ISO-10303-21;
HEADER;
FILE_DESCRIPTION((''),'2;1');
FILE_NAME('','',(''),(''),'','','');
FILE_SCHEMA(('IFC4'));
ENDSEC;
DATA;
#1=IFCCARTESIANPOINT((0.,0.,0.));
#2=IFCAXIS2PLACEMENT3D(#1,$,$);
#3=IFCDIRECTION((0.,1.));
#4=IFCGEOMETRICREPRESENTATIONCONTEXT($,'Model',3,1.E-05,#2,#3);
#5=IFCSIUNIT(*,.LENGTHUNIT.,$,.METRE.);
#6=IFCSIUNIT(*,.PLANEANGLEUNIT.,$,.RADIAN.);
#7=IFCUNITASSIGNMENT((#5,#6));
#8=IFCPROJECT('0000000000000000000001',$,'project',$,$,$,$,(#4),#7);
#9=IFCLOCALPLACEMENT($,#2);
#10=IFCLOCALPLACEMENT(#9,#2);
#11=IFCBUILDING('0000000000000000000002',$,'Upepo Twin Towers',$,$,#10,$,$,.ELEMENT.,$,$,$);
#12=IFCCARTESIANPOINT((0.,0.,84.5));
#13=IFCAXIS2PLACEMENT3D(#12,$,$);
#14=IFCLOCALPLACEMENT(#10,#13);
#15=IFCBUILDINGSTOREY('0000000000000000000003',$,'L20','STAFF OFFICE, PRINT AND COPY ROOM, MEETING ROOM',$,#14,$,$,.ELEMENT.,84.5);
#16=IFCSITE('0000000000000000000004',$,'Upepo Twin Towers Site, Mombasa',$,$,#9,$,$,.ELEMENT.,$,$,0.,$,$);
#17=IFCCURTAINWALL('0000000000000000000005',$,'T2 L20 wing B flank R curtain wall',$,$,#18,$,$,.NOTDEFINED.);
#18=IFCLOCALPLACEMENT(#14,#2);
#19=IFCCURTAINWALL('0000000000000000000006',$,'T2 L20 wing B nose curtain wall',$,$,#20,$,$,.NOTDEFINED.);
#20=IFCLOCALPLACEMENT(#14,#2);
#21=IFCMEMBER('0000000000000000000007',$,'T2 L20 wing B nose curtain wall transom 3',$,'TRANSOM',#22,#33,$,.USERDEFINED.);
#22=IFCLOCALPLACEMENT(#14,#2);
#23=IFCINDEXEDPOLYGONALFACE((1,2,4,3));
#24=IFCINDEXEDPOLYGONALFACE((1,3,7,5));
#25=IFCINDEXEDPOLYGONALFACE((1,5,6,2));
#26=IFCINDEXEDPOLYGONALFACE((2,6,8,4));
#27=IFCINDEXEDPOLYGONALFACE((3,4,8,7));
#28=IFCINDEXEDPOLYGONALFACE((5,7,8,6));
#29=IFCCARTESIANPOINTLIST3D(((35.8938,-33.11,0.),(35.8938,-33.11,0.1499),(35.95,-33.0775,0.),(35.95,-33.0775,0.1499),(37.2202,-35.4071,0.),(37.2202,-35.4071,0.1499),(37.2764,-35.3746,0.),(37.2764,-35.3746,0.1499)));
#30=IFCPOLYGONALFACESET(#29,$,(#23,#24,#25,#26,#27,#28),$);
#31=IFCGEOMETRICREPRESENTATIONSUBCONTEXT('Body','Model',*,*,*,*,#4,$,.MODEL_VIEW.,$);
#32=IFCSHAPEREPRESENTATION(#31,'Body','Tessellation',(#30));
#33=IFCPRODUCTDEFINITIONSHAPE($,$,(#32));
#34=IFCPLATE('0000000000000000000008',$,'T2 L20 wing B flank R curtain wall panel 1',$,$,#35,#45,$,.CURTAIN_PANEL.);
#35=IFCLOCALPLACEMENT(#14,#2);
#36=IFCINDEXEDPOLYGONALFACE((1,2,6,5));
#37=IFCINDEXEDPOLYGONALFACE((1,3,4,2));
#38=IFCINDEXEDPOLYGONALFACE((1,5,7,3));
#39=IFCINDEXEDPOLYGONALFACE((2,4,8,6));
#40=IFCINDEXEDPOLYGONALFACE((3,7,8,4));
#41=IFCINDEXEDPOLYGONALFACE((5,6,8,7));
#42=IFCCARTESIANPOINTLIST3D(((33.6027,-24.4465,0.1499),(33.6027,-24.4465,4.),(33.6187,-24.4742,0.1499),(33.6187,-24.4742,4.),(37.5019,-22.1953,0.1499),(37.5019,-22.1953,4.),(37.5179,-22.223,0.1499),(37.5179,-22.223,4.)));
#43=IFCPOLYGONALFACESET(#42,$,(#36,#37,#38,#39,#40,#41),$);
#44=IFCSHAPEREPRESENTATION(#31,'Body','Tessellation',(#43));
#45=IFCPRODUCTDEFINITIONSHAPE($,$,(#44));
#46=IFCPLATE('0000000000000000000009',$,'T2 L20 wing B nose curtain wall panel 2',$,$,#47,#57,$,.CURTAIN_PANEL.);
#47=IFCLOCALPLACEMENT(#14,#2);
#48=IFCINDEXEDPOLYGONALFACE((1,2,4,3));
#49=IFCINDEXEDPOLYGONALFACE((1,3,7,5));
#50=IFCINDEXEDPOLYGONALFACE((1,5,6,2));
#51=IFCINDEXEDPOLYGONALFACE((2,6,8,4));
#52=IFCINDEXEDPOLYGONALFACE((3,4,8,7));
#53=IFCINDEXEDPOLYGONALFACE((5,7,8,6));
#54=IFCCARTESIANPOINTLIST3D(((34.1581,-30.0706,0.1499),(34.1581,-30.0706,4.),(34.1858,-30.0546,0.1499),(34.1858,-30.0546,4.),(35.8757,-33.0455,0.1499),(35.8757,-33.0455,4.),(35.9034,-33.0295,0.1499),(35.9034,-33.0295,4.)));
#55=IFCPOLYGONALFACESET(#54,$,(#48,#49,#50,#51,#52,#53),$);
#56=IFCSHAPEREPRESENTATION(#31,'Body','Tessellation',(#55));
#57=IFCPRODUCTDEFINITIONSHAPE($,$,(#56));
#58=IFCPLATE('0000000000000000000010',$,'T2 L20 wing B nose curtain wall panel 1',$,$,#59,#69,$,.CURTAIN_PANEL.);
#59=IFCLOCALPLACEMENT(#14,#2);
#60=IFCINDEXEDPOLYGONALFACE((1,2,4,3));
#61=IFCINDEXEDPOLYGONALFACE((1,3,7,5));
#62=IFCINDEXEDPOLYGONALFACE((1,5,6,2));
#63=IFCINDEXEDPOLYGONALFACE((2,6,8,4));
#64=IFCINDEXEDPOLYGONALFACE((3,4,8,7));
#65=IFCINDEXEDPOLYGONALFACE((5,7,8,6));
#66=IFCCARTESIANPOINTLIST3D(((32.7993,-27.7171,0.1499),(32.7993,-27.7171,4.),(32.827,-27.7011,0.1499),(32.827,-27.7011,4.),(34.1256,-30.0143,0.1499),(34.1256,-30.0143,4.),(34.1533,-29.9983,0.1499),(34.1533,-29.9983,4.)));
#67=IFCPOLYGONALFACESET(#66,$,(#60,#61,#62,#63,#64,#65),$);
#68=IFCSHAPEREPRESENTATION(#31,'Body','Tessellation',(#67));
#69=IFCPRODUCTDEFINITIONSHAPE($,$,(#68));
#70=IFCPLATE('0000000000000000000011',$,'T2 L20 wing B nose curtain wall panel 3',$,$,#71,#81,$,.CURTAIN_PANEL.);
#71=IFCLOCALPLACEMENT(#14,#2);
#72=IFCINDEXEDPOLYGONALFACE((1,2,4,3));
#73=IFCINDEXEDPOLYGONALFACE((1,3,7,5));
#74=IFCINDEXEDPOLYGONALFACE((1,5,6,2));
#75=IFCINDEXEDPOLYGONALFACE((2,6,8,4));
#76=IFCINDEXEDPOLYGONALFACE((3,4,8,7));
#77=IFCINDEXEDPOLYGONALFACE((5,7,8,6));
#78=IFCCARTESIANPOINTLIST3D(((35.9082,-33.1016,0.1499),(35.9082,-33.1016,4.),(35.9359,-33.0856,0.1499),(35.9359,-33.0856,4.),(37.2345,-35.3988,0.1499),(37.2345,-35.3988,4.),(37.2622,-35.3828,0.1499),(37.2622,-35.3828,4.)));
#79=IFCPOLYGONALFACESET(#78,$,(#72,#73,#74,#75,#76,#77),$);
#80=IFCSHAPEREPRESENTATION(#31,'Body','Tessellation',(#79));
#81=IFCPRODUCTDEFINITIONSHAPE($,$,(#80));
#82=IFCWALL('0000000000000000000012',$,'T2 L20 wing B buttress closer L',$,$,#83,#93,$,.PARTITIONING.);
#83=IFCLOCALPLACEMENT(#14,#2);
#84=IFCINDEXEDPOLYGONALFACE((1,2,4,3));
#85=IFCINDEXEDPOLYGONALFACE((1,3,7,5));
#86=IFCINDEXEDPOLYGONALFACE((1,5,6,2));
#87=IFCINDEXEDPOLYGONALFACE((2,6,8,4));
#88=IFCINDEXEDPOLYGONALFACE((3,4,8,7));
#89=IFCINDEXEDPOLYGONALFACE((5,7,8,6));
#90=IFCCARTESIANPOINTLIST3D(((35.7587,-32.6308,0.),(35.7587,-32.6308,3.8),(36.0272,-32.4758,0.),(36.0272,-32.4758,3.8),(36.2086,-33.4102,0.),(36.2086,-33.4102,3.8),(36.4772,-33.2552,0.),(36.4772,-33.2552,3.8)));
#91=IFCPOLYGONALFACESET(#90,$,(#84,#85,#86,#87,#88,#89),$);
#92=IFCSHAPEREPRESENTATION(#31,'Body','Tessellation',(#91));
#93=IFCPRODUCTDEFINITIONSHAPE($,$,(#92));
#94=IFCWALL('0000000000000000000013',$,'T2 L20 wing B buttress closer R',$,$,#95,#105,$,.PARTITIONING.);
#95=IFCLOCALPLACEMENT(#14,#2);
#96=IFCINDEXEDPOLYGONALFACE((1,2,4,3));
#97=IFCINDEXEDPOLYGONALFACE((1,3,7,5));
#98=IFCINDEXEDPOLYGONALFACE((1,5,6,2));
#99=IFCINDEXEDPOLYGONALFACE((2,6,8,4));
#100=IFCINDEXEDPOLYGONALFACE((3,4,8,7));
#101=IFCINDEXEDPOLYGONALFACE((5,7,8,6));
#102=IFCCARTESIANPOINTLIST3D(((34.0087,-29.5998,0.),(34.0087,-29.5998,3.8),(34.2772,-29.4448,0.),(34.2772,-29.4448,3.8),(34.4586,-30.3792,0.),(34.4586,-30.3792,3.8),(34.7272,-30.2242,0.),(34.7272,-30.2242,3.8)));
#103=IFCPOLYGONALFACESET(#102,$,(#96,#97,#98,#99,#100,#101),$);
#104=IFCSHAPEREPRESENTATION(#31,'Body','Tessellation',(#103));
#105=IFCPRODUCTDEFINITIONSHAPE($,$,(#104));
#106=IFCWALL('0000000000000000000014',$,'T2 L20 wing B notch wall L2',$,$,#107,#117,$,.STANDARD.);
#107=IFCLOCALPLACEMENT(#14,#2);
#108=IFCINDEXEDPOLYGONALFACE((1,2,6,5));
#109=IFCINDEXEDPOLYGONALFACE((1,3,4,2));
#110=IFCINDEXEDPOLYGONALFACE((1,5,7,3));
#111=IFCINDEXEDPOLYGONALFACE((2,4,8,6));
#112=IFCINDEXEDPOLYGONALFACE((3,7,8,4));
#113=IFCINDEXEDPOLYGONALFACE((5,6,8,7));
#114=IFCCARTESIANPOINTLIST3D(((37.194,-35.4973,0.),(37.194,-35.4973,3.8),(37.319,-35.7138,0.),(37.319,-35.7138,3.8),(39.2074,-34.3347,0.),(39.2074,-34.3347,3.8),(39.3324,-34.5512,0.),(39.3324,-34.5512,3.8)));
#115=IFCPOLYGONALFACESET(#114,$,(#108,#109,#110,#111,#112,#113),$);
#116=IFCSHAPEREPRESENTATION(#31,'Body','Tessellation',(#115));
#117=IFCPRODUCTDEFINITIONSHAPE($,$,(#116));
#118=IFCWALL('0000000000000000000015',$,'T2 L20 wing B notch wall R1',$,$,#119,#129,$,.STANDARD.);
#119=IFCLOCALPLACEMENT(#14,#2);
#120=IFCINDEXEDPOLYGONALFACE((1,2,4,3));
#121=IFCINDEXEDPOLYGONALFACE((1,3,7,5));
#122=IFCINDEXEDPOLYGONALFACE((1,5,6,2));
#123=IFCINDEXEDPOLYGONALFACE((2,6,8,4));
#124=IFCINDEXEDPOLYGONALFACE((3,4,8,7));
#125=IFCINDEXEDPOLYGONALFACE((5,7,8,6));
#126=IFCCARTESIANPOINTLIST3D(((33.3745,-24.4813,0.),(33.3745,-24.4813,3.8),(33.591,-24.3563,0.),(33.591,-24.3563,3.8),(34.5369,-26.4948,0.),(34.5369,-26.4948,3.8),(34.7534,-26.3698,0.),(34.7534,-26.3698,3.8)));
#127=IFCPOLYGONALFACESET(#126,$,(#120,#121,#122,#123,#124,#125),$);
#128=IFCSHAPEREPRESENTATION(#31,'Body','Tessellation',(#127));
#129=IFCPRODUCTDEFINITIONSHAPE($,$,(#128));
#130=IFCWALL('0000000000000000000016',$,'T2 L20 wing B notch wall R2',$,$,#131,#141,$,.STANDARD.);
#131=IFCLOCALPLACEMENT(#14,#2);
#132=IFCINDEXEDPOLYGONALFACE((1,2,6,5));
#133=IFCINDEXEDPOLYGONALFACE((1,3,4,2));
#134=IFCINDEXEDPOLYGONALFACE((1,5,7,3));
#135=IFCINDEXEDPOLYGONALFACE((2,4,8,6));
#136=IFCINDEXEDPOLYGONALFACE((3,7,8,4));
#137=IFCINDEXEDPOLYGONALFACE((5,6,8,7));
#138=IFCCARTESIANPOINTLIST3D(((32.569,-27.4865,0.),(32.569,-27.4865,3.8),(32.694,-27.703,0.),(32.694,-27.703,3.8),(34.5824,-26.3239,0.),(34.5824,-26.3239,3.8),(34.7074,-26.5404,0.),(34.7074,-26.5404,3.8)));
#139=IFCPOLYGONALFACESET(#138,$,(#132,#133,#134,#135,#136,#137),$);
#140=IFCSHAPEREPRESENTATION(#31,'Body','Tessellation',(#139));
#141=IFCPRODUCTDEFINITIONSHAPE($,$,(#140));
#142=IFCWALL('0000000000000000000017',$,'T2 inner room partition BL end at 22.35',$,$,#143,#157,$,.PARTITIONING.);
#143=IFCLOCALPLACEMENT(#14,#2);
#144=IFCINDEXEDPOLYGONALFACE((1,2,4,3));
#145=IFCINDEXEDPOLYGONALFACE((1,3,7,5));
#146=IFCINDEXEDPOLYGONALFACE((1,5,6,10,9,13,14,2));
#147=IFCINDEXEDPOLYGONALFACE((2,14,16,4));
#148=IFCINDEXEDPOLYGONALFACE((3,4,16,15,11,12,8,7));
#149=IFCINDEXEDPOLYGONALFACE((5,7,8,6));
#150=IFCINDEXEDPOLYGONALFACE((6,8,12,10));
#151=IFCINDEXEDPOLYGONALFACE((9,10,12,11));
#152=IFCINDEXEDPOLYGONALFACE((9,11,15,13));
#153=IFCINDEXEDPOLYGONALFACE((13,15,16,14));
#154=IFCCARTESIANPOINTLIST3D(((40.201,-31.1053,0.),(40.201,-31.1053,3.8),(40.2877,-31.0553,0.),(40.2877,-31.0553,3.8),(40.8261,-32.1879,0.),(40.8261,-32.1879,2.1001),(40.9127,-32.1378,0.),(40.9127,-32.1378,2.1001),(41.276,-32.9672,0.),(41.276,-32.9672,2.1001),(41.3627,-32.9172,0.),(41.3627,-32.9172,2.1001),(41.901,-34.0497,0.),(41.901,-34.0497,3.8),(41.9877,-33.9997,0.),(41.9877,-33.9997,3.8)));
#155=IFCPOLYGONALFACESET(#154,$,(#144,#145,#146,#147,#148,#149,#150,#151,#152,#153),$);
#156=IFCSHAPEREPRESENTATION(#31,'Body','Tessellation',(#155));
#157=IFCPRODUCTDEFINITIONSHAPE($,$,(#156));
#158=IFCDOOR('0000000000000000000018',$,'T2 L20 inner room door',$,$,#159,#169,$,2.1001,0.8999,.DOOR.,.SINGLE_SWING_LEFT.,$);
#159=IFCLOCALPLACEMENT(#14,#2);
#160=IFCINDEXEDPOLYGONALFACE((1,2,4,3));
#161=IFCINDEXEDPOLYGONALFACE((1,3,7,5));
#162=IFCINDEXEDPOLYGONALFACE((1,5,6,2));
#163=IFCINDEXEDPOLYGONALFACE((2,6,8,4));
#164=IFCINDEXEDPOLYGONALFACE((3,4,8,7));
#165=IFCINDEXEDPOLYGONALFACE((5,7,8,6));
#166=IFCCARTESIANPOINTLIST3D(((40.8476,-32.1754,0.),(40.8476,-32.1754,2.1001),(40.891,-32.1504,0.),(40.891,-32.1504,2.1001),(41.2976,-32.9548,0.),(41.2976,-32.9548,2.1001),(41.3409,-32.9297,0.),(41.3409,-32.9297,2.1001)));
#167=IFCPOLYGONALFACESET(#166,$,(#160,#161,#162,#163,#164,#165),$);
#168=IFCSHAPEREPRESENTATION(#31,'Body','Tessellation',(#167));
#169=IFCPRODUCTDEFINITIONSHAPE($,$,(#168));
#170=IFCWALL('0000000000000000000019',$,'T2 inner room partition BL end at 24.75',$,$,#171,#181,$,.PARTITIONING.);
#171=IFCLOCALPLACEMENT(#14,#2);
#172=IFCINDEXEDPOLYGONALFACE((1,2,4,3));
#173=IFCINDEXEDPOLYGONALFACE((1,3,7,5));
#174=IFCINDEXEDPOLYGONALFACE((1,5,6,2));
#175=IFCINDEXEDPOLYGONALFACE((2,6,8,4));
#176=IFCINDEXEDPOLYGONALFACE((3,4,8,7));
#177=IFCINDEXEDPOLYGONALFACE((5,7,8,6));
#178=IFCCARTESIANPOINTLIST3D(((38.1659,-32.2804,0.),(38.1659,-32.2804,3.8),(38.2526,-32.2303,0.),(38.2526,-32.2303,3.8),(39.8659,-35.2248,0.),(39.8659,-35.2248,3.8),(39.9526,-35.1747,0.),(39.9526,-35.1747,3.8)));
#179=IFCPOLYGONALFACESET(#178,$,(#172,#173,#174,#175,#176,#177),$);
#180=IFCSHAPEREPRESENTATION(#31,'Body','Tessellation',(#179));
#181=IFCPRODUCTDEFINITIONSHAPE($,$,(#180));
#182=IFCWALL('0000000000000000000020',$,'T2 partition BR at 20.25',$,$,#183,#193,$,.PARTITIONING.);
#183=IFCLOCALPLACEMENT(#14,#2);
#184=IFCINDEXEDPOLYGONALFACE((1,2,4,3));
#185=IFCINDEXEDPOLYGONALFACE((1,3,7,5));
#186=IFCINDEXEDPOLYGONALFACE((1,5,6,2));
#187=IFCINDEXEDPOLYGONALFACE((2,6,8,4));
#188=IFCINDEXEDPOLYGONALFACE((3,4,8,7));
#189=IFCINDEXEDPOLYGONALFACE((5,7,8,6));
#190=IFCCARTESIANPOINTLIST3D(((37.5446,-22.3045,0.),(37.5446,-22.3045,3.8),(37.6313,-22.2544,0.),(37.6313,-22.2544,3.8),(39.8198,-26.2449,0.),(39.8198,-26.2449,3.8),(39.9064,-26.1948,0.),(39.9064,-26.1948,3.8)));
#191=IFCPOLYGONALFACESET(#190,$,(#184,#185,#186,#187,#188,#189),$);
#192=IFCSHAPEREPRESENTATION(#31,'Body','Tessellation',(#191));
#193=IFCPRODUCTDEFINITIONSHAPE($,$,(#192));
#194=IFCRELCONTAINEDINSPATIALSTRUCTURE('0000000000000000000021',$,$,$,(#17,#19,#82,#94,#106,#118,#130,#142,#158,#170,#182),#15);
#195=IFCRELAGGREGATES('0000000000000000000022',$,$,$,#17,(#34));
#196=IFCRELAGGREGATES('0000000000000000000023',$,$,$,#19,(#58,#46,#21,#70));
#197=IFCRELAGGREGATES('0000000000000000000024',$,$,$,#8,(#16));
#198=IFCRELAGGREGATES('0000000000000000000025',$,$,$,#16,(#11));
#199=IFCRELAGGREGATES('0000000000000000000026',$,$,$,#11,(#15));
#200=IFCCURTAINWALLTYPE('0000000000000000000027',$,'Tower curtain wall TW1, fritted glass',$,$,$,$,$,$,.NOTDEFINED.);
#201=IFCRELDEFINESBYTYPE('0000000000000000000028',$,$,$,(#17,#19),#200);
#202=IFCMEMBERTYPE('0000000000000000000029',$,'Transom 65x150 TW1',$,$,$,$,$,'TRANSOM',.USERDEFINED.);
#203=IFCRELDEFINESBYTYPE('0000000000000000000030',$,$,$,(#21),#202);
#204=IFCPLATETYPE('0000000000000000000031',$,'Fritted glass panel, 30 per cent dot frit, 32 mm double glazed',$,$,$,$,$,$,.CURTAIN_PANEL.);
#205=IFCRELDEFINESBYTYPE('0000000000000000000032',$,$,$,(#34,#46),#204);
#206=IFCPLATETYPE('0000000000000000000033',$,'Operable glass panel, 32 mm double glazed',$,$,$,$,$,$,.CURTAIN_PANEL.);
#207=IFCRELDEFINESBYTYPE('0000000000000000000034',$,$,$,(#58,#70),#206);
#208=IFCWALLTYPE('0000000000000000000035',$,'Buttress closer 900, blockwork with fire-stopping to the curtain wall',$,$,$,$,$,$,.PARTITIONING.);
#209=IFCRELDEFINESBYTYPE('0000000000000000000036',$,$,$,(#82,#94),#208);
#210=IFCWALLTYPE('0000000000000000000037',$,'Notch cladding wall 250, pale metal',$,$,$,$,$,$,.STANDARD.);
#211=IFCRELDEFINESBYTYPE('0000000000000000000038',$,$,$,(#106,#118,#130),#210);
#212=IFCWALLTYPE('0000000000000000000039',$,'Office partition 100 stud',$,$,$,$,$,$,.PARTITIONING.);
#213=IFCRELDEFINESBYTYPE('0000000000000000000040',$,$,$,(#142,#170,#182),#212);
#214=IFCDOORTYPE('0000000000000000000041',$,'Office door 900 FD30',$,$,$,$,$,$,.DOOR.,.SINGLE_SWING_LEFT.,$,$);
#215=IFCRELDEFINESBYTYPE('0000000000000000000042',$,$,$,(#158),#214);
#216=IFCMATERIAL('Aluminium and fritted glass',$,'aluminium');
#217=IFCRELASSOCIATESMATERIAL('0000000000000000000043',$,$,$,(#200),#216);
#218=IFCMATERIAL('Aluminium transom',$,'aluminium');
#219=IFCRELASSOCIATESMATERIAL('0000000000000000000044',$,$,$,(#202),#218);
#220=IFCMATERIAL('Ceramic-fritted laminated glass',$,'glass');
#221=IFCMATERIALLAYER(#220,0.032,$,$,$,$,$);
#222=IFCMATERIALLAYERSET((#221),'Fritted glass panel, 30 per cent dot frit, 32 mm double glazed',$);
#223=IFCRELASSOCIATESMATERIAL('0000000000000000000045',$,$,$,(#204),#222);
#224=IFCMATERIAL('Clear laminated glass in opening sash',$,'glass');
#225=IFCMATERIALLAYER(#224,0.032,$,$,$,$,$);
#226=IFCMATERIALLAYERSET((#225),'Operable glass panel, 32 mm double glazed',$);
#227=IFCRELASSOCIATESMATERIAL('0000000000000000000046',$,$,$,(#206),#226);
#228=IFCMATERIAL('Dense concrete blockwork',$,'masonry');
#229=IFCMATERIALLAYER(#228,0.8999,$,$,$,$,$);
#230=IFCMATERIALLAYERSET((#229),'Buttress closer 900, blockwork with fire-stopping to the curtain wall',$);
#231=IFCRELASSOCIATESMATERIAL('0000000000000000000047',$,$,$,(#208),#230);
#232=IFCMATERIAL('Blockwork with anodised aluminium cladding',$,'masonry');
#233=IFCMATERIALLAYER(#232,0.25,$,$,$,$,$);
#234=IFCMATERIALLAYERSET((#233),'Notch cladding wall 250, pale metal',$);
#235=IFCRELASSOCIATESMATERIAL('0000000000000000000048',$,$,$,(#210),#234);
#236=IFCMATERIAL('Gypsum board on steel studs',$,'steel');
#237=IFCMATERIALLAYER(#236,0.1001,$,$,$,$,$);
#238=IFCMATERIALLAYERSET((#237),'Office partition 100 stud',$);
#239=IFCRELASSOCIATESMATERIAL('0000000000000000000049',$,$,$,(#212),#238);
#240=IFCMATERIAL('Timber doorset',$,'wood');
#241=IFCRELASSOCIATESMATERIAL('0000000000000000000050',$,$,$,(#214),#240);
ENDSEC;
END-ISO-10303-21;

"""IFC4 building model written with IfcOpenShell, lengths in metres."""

from ifc_helpers import new_model, si_unit, direction, frame, frame_2d, origin, origin_2d, place, context, subcontext, project, spatial, rectangle, extrude, material, layer, layer_set, material_profile, profile_set, type_object, element, fill, aggregate, save


model = new_model("IFC4")

# Units and contexts
model_context = context("Model", 3, precision=1e-05, world=origin(), true_north=direction((0.0, 1.0)))
body_context = subcontext(model_context, "Body", "Model", "MODEL_VIEW")
ifc_project = project(units=[si_unit("LENGTHUNIT", "METRE"), si_unit("PLANEANGLEUNIT", "RADIAN")], contexts=[model_context])

# Site, building, storey
site_placement = place(None, origin())
site = spatial("IfcSite", under=ifc_project, at=site_placement, Name="Upepo Twin Towers Site, Mombasa", CompositionType="ELEMENT", RefElevation=0.0)
building_placement = place(site_placement, origin())
building = spatial("IfcBuilding", under=site, at=building_placement, Name="Upepo Twin Towers", CompositionType="ELEMENT")
storey_placement = place(building_placement, frame((0.0, 0.0, 84.5)))
storey = spatial("IfcBuildingStorey", under=building, at=storey_placement, Name="L20", Description="STAFF OFFICE, PRINT AND COPY ROOM, MEETING ROOM", CompositionType="ELEMENT", Elevation=84.5)

# Shared definitions
ifc_material_1 = material(Name="Aluminium and fritted glass", Category="aluminium")
curtain_wall_type = type_object("IfcCurtainWallType", Name="Tower curtain wall TW1, fritted glass", PredefinedType="NOTDEFINED", material=ifc_material_1)

# Curtain walls
curtain_wall_1_placement = place(storey_placement, origin())
curtain_wall_1 = element("IfcCurtainWall", 1, at=curtain_wall_1_placement, inside=storey, type_object=curtain_wall_type, Name="T2 L20 wing B flank R curtain wall", PredefinedType="NOTDEFINED")
curtain_wall_2_placement = place(storey_placement, origin())
curtain_wall_2 = element("IfcCurtainWall", 2, at=curtain_wall_2_placement, inside=storey, type_object=curtain_wall_type, Name="T2 L20 wing B nose curtain wall", PredefinedType="NOTDEFINED")

# Member
ifc_material_2 = material(Name="Aluminium transom", Category="aluminium")
ifc_material_profile_1 = material_profile(ifc_material_2, rectangle(XDim=0.0649, YDim=0.1499, at=origin_2d()), Name="TRANSOM 65x150")
ifc_profile_set_1 = profile_set([ifc_material_profile_1], Name="Aluminium transom")
member_type_1 = type_object("IfcMemberType", Name="Transom 65x150 TW1", ElementType="TRANSOM", PredefinedType="USERDEFINED", material=ifc_profile_set_1)
member_1_placement = place(storey_placement, frame((35.9219, -33.0938, 0.075), z_axis=(0.500049, -0.865997, 0.0), x_axis=(0.865997, 0.500049, 0.0)))
member_1 = element("IfcMember", 3, at=member_1_placement, type_object=member_type_1, Name="T2 L20 wing B nose curtain wall transom 3", ObjectType="TRANSOM", PredefinedType="USERDEFINED", context=body_context, shape_type="SweptSolid", body=[
    extrude(rectangle(XDim=0.0649, YDim=0.1499, at=origin_2d()), origin(), (0.0, 0.0, 1.0), 2.6526),
])

# Plates
ifc_material_3 = material(Name="Ceramic-fritted laminated glass", Category="glass")
ifc_layer_1 = layer(ifc_material_3, 0.032)
ifc_layer_set_1 = layer_set([ifc_layer_1], Name="Fritted glass panel, 30 per cent dot frit, 32 mm double glazed")
plate_type_1 = type_object("IfcPlateType", Name="Fritted glass panel, 30 per cent dot frit, 32 mm double glazed", PredefinedType="CURTAIN_PANEL", material=ifc_layer_set_1)
plate_1_placement = place(storey_placement, frame((35.5603, -23.3347, 0.1499), z_axis=(0.0, 0.0, 1.0), x_axis=(0.866025, 0.5, 0.0)))
plate_1 = element("IfcPlate", 4, at=plate_1_placement, type_object=plate_type_1, Name="T2 L20 wing B flank R curtain wall panel 1", PredefinedType="CURTAIN_PANEL", context=body_context, shape_type="SweptSolid", body=[
    extrude(rectangle(XDim=4.5024, YDim=0.032, at=origin_2d()), origin(), (0.0, 0.0, 1.0), 3.8501),
])
aggregate(curtain_wall_1, [plate_1])
plate_2_placement = place(storey_placement, frame((35.0308, -31.55, 0.1499), z_axis=(0.0, 0.0, 1.0), x_axis=(0.5, -0.866025, 0.0)))
plate_2 = element("IfcPlate", 5, at=plate_2_placement, type_object=plate_type_1, Name="T2 L20 wing B nose curtain wall panel 2", PredefinedType="CURTAIN_PANEL", context=body_context, shape_type="SweptSolid", body=[
    extrude(rectangle(XDim=3.4351, YDim=0.032, at=origin_2d()), origin(), (0.0, 0.0, 1.0), 3.8501),
])
ifc_material_4 = material(Name="Clear laminated glass in opening sash", Category="glass")
ifc_layer_2 = layer(ifc_material_4, 0.032)
ifc_layer_set_2 = layer_set([ifc_layer_2], Name="Operable glass panel, 32 mm double glazed")
plate_type_2 = type_object("IfcPlateType", Name="Operable glass panel, 32 mm double glazed", PredefinedType="CURTAIN_PANEL", material=ifc_layer_set_2)
plate_3_placement = place(storey_placement, frame((33.4763, -28.8577, 0.1499), z_axis=(0.0, 0.0, 1.0), x_axis=(0.5, -0.866025, 0.0)))
plate_3 = element("IfcPlate", 6, at=plate_3_placement, type_object=plate_type_2, Name="T2 L20 wing B nose curtain wall panel 1", PredefinedType="CURTAIN_PANEL", context=body_context, shape_type="SweptSolid", body=[
    extrude(rectangle(XDim=2.6526, YDim=0.032, at=origin_2d()), origin(), (0.0, 0.0, 1.0), 3.8501),
])
plate_4_placement = place(storey_placement, frame((36.5852, -34.2422, 0.1499), z_axis=(0.0, 0.0, 1.0), x_axis=(0.5, -0.866025, 0.0)))
plate_4 = element("IfcPlate", 7, at=plate_4_placement, type_object=plate_type_2, Name="T2 L20 wing B nose curtain wall panel 3", PredefinedType="CURTAIN_PANEL", context=body_context, shape_type="SweptSolid", body=[
    extrude(rectangle(XDim=2.6526, YDim=0.032, at=origin_2d()), origin(), (0.0, 0.0, 1.0), 3.8501),
])
aggregate(curtain_wall_2, [plate_3, plate_2, member_1, plate_4])

# Walls
ifc_material_5 = material(Name="Dense concrete blockwork", Category="masonry")
ifc_layer_3 = layer(ifc_material_5, 0.8999)
ifc_layer_set_3 = layer_set([ifc_layer_3], Name="Buttress closer 900, blockwork with fire-stopping to the curtain wall")
wall_type_1 = type_object("IfcWallType", Name="Buttress closer 900, blockwork with fire-stopping to the curtain wall", PredefinedType="PARTITIONING", material=ifc_layer_set_3)
for number, where, z_axis, x_axis, name in (
    (8, (36.2522, -32.8655, 0.0), (0.0, 0.0, 1.0), (-0.866054, -0.49995, 0.0), "T2 L20 wing B buttress closer L"),
    (9, (34.5022, -29.8345, 0.0), (0.0, 0.0, 1.0), (-0.866054, -0.49995, 0.0), "T2 L20 wing B buttress closer R"),
):
    element("IfcWall", number, at=place(storey_placement, frame(where, z_axis=z_axis, x_axis=x_axis)), inside=storey, type_object=wall_type_1, Name=name, PredefinedType="PARTITIONING", context=body_context, shape_type="SweptSolid", body=[
        extrude(rectangle(XDim=0.3101, YDim=0.8999, at=frame_2d((0.155, 0.0))), origin(), (0.0, 0.0, 1.0), 3.8),
    ])
ifc_material_6 = material(Name="Blockwork with anodised aluminium cladding", Category="masonry")
ifc_layer_4 = layer(ifc_material_6, 0.25)
ifc_layer_set_4 = layer_set([ifc_layer_4], Name="Notch cladding wall 250, pale metal")
wall_type_2 = type_object("IfcWallType", Name="Notch cladding wall 250, pale metal", PredefinedType="STANDARD", material=ifc_layer_set_4)
for number, where, z_axis, x_axis, name in (
    (10, (39.27, -34.4429, 0.0), (0.0, 0.0, 1.0), (-0.865998, -0.500047, 0.0), "T2 L20 wing B notch wall L2"),
    (11, (33.4827, -24.4187, 0.0), (0.0, 0.0, 1.0), (0.499968, -0.866044, 0.0), "T2 L20 wing B notch wall R1"),
    (12, (34.645, -26.4321, 0.0), (0.0, 0.0, 1.0), (-0.865998, -0.500047, 0.0), "T2 L20 wing B notch wall R2"),
):
    element("IfcWall", number, at=place(storey_placement, frame(where, z_axis=z_axis, x_axis=x_axis)), inside=storey, type_object=wall_type_2, Name=name, PredefinedType="STANDARD", context=body_context, shape_type="SweptSolid", body=[
        extrude(rectangle(XDim=2.325, YDim=0.25, at=frame_2d((1.1626, 0.0))), origin(), (0.0, 0.0, 1.0), 3.8),
    ])

# Wall, opening, door
ifc_material_7 = material(Name="Gypsum board on steel studs", Category="steel")
ifc_layer_5 = layer(ifc_material_7, 0.1001)
ifc_layer_set_5 = layer_set([ifc_layer_5], Name="Office partition 100 stud")
wall_type_3 = type_object("IfcWallType", Name="Office partition 100 stud", PredefinedType="PARTITIONING", material=ifc_layer_set_5)
wall_1_placement = place(storey_placement, frame((40.2444, -31.0803, 0.0), z_axis=(0.0, 0.0, 1.0), x_axis=(0.500008, -0.866021, 0.0)))
wall_1 = element("IfcWall", 13, at=wall_1_placement, inside=storey, type_object=wall_type_3, Name="T2 inner room partition BL end at 22.35", PredefinedType="PARTITIONING", context=body_context, shape_type="SweptSolid", body=[
    extrude(rectangle(XDim=3.3999, YDim=0.1001, at=frame_2d((1.7, 0.0))), origin(), (0.0, 0.0, 1.0), 3.8),
])
opening_1_placement = place(wall_1_placement, frame((1.25, 0.0, 0.0)))
opening_1 = element("IfcOpeningElement", 14, at=opening_1_placement, cuts=wall_1, PredefinedType="OPENING", context=body_context, shape_type="SweptSolid", body=[
    extrude(rectangle(XDim=0.8999, YDim=2.1001, at=frame_2d((0.45, 1.05))), frame((0.0, 0.0601, 0.0), z_axis=(0.0, -1.0, 0.0), x_axis=(1.0, 0.0, 0.0)), (0.0, 0.0, 1.0), 0.1201),
])
ifc_material_8 = material(Name="Timber doorset", Category="wood")
door_type = type_object("IfcDoorType", Name="Office door 900 FD30", OperationType="SINGLE_SWING_LEFT", PredefinedType="DOOR", material=ifc_material_8)
door_1_placement = place(opening_1_placement, origin())
door_1 = element("IfcDoor", 15, at=door_1_placement, inside=storey, type_object=door_type, Name="T2 L20 inner room door", OperationType="SINGLE_SWING_LEFT", OverallHeight=2.1001, OverallWidth=0.8999, PredefinedType="DOOR", context=body_context, shape_type="SweptSolid", body=[
    extrude(rectangle(XDim=0.8999, YDim=2.1001, at=frame_2d((0.45, 1.05))), frame((0.0, 0.0249, 0.0), z_axis=(0.0, -1.0, 0.0), x_axis=(1.0, 0.0, 0.0)), (0.0, 0.0, 1.0), 0.05),
])
fill(opening_1, door_1)

# Walls
wall_2_placement = place(storey_placement, frame((38.2092, -32.2554, 0.0), z_axis=(0.0, 0.0, 1.0), x_axis=(0.500008, -0.866021, 0.0)))
element("IfcWall", 16, at=wall_2_placement, inside=storey, type_object=wall_type_3, Name="T2 inner room partition BL end at 24.75", PredefinedType="PARTITIONING", context=body_context, shape_type="SweptSolid", body=[
    extrude(rectangle(XDim=3.3999, YDim=0.1001, at=frame_2d((1.7, 0.0))), origin(), (0.0, 0.0, 1.0), 3.8),
])
wall_3_placement = place(storey_placement, frame((39.863, -26.2197, 0.0), z_axis=(0.0, 0.0, 1.0), x_axis=(-0.500023, 0.866012, 0.0)))
element("IfcWall", 17, at=wall_3_placement, inside=storey, type_object=wall_type_3, Name="T2 partition BR at 20.25", PredefinedType="PARTITIONING", context=body_context, shape_type="SweptSolid", body=[
    extrude(rectangle(XDim=4.55, YDim=0.1001, at=frame_2d((2.2749, 0.0))), origin(), (0.0, 0.0, 1.0), 3.8),
])

save(model, "model.ifc")
